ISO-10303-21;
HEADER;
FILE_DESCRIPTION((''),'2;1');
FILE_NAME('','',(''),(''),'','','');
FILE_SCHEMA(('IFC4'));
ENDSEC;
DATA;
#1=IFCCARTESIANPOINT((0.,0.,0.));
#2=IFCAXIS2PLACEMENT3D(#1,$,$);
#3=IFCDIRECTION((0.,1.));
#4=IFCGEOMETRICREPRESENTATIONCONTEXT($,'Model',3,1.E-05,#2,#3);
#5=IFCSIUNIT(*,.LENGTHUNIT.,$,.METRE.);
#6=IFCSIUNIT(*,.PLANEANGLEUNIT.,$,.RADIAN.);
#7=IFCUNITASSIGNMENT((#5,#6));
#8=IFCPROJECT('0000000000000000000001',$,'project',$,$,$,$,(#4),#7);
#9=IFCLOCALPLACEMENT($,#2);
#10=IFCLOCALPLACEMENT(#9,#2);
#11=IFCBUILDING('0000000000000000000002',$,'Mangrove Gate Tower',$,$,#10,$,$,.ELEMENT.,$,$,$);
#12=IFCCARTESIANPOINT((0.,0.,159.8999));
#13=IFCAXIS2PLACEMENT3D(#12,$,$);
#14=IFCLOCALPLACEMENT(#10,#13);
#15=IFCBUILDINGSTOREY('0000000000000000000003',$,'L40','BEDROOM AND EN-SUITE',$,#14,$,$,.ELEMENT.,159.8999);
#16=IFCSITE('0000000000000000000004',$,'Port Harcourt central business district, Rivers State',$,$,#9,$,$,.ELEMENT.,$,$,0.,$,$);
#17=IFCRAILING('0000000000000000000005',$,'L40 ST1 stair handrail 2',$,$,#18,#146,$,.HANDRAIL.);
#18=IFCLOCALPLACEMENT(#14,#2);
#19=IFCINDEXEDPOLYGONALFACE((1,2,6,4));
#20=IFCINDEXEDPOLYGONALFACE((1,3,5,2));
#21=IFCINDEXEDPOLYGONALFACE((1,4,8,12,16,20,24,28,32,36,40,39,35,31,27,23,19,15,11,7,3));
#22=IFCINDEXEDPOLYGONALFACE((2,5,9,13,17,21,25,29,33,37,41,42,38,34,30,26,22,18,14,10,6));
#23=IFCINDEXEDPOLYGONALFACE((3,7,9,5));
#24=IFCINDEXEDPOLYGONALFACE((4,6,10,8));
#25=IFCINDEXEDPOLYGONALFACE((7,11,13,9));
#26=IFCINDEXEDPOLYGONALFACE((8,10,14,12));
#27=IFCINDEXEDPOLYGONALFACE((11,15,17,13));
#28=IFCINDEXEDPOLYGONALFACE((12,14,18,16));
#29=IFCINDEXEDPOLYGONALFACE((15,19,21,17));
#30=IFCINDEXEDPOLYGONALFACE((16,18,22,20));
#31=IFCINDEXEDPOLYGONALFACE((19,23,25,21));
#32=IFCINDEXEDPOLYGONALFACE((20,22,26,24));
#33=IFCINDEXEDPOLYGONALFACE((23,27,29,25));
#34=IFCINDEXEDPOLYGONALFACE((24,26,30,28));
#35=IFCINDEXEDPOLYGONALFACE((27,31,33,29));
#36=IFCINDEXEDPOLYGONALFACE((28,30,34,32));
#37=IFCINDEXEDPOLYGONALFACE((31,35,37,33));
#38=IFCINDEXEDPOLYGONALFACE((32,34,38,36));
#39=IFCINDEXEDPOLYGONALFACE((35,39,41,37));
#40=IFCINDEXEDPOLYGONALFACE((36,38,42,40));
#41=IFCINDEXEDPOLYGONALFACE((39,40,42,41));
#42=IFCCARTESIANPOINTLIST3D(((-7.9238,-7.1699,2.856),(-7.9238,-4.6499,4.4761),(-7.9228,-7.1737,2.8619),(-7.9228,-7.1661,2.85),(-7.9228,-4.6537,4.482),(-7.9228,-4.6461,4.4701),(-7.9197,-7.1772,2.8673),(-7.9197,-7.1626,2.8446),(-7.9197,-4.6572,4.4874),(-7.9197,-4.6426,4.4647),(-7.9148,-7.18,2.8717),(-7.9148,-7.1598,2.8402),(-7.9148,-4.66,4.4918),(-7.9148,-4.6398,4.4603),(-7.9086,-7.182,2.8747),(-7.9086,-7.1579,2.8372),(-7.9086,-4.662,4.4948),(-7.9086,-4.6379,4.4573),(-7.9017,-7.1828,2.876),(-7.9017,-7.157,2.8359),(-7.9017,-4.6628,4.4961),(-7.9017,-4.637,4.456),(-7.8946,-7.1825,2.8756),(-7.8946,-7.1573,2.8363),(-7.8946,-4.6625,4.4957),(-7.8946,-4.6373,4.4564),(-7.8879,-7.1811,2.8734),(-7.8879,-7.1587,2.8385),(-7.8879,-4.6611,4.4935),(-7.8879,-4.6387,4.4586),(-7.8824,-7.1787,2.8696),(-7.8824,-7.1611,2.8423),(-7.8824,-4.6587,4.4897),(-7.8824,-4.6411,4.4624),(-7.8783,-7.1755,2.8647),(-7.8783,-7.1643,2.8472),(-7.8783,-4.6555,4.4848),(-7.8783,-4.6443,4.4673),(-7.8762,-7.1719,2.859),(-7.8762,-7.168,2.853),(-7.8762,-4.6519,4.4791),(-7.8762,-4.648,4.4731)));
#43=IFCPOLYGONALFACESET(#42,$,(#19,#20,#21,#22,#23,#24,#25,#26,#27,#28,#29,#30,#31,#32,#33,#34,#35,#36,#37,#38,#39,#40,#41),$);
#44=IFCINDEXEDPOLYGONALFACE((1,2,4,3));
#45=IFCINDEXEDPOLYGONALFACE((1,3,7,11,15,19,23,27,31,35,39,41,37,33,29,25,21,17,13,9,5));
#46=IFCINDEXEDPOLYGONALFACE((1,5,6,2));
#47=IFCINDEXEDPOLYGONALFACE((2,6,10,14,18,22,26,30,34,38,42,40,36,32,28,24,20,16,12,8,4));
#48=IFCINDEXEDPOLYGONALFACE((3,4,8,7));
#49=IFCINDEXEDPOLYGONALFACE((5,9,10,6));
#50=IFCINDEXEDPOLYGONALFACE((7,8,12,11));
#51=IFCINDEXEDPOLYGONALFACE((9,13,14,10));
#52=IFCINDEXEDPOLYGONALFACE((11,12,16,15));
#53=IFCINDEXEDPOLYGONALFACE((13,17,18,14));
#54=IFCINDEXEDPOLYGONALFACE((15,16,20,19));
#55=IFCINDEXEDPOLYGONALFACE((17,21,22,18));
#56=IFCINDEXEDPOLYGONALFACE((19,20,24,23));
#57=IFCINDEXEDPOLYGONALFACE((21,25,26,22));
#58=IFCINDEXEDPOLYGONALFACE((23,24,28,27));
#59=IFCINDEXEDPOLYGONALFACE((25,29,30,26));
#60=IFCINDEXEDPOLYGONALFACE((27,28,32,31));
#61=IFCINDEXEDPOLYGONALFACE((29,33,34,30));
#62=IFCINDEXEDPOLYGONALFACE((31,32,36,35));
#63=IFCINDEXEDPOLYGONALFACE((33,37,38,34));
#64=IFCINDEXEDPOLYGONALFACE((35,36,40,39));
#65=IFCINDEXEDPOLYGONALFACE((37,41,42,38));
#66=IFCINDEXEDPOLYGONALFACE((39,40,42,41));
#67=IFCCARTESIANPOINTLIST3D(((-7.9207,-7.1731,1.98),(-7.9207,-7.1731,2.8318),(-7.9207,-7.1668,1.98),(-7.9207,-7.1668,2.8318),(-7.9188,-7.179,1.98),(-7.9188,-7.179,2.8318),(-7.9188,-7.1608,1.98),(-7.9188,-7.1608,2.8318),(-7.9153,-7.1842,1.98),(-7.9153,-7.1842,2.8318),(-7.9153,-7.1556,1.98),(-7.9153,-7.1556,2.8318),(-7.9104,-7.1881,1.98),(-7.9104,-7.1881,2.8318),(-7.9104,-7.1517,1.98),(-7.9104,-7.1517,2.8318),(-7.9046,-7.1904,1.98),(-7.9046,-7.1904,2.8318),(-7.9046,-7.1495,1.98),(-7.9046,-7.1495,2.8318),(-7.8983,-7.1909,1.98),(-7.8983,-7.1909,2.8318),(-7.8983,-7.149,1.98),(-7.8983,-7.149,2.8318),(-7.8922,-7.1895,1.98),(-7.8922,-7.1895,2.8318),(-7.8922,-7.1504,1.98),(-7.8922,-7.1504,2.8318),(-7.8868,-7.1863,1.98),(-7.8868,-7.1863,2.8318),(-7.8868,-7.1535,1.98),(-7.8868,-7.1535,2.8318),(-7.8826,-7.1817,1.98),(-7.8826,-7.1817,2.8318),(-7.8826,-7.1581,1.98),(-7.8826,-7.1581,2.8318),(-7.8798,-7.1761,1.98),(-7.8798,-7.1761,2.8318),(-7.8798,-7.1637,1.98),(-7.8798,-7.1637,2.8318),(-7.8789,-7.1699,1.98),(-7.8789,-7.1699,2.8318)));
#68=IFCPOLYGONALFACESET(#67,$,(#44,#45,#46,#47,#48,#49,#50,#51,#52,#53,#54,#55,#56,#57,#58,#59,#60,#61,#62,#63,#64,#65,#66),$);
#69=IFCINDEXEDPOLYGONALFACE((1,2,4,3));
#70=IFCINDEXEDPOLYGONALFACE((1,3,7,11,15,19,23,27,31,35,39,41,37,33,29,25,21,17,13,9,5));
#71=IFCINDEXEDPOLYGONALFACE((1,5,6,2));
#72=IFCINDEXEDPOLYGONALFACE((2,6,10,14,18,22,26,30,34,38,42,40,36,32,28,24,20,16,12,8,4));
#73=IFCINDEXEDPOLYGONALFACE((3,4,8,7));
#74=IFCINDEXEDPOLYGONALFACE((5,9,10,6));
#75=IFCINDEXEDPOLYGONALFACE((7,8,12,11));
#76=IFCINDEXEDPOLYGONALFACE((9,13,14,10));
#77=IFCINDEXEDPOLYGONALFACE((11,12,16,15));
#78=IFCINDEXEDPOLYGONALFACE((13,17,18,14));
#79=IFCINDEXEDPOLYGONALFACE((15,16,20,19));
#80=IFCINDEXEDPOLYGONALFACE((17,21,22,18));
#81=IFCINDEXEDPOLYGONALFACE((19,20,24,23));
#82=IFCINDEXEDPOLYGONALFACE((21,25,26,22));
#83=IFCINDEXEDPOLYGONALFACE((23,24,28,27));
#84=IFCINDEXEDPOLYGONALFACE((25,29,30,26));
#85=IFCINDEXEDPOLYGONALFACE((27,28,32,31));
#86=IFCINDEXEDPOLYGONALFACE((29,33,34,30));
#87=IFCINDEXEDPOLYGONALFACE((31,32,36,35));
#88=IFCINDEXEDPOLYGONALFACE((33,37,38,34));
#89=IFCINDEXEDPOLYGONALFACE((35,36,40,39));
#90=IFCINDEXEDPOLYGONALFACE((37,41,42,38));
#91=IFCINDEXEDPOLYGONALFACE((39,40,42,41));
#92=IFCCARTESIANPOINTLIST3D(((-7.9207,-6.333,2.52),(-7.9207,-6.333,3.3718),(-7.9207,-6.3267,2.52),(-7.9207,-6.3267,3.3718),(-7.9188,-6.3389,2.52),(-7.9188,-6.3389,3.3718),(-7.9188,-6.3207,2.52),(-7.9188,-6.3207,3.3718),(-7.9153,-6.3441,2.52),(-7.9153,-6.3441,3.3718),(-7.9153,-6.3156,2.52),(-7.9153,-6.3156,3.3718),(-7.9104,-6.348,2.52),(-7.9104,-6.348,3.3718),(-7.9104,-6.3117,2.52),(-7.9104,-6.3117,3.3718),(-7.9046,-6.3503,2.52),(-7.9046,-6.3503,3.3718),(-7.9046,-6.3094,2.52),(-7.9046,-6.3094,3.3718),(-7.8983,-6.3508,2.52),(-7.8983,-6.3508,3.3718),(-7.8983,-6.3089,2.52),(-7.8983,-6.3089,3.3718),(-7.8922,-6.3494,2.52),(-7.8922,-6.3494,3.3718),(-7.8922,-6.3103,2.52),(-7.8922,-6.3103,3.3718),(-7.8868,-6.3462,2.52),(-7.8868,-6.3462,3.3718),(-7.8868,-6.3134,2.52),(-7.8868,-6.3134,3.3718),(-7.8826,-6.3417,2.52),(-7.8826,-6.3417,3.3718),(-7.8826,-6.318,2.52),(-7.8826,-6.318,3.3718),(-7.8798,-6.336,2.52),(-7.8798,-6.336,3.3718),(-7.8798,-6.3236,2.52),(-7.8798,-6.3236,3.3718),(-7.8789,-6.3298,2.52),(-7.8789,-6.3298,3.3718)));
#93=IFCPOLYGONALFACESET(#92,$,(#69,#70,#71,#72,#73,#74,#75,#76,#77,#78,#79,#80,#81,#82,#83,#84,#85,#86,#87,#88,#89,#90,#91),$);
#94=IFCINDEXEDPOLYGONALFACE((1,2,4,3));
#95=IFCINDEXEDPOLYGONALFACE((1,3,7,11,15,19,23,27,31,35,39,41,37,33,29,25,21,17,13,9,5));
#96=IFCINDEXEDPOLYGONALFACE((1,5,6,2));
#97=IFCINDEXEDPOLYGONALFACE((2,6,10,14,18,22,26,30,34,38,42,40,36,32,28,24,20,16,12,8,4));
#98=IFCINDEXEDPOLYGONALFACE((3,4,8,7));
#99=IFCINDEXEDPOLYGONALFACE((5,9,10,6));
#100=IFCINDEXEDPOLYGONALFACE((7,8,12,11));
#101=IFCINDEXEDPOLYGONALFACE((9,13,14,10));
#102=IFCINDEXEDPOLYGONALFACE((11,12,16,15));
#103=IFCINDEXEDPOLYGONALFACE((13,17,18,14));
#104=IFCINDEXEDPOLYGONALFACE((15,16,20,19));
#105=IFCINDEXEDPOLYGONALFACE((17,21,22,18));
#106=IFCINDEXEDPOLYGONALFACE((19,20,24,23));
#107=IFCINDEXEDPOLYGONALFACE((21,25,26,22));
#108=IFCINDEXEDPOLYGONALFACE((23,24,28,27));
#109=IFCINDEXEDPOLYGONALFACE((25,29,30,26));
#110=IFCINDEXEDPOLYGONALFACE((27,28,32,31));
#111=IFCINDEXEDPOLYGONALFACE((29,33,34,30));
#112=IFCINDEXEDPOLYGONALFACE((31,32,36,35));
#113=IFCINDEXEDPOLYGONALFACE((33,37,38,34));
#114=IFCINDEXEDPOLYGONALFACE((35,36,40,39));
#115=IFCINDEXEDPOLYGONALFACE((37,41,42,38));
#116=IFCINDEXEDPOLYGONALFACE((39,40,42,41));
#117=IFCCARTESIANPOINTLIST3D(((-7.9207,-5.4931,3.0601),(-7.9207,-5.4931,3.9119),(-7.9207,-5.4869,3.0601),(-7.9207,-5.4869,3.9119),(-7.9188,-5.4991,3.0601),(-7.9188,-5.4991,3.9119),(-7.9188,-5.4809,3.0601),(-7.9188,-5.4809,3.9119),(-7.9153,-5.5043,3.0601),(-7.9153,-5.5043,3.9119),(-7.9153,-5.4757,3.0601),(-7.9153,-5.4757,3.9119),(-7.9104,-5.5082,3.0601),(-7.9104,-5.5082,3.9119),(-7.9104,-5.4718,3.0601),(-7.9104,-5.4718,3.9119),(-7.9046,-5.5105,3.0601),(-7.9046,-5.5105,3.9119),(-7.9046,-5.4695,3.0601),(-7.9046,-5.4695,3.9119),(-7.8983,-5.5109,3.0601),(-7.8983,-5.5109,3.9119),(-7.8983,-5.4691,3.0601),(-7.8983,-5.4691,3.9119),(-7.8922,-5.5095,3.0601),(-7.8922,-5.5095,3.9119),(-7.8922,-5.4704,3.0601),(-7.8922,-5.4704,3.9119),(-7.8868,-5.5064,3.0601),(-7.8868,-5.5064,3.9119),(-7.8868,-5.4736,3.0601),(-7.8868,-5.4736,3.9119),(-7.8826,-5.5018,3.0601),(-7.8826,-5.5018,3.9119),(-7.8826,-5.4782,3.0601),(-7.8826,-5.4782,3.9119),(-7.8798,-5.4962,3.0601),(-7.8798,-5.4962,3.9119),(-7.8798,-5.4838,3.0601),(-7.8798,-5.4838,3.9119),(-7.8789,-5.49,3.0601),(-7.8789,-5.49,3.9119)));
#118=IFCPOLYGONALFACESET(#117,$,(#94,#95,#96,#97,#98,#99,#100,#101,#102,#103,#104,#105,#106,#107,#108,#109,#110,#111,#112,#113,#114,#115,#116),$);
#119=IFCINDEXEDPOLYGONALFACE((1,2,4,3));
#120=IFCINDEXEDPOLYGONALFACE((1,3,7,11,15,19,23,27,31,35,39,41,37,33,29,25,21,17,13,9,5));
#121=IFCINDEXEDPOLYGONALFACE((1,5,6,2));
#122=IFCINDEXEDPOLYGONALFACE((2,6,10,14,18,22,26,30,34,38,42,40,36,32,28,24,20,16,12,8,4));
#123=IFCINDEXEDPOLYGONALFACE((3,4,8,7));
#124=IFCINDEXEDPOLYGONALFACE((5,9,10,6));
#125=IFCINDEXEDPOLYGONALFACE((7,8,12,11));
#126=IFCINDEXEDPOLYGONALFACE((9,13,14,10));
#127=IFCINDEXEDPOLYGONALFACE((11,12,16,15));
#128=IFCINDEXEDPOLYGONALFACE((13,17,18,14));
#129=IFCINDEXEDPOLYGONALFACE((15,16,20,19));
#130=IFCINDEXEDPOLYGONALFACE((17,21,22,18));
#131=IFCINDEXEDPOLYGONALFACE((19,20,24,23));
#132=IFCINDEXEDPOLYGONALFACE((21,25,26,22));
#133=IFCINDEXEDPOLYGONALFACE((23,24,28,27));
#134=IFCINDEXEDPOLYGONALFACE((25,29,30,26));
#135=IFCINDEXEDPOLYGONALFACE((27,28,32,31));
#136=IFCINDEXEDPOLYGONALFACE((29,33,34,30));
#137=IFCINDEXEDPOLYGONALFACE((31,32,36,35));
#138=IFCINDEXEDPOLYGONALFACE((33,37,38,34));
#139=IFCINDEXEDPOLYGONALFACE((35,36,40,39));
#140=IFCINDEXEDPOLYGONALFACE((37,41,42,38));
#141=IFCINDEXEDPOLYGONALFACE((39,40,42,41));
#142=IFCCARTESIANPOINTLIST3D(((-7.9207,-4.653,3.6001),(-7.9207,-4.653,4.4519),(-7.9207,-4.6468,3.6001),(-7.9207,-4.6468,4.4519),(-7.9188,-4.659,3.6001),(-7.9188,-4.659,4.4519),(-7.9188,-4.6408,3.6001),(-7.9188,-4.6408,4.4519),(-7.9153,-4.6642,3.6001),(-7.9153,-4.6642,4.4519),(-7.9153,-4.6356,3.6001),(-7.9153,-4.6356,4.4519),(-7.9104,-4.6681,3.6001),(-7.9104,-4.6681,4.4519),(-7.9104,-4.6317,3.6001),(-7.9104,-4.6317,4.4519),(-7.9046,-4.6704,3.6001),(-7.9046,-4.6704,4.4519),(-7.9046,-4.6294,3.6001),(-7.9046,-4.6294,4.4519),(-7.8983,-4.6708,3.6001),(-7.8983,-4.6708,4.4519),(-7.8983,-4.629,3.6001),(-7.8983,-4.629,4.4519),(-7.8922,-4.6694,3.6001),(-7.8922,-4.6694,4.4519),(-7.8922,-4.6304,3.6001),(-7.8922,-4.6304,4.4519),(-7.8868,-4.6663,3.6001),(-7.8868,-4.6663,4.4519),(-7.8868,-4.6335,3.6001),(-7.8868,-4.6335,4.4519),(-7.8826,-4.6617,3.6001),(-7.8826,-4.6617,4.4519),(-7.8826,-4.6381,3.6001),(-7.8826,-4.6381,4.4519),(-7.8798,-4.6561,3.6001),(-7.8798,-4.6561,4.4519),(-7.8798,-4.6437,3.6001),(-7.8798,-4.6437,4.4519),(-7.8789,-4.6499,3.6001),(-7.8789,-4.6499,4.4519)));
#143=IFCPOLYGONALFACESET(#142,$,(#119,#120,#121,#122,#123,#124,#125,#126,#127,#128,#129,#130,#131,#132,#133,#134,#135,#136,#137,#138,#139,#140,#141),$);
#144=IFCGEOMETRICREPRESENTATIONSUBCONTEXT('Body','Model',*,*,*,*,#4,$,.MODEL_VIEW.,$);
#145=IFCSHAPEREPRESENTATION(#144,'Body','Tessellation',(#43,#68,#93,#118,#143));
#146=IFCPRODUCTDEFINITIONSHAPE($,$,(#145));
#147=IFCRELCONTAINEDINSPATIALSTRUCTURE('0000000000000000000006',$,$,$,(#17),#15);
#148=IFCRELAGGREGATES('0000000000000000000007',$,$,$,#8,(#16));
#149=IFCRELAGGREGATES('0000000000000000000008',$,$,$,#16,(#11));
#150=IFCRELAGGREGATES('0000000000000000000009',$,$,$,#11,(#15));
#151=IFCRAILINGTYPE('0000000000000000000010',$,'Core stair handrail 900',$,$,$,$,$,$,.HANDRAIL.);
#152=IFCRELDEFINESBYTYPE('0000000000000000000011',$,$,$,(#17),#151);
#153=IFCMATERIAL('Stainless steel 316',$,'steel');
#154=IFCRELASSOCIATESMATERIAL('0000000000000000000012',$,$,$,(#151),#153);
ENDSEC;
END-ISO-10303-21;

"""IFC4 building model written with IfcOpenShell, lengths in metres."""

from ifc_helpers import new_model, si_unit, direction, frame, origin, origin_2d, place, context, subcontext, project, spatial, circle, extrude, material, type_object, element, save


model = new_model("IFC4")

# Units and contexts
model_context = context("Model", 3, precision=1e-05, world=origin(), true_north=direction((0.0, 1.0)))
body_context = subcontext(model_context, "Body", "Model", "MODEL_VIEW")
ifc_project = project(units=[si_unit("LENGTHUNIT", "METRE"), si_unit("PLANEANGLEUNIT", "RADIAN")], contexts=[model_context])

# Site, building, storey
site_placement = place(None, origin())
site = spatial("IfcSite", under=ifc_project, at=site_placement, Name="Port Harcourt central business district, Rivers State", CompositionType="ELEMENT", RefElevation=0.0)
building_placement = place(site_placement, origin())
building = spatial("IfcBuilding", under=site, at=building_placement, Name="Mangrove Gate Tower", CompositionType="ELEMENT")
storey_placement = place(building_placement, frame((0.0, 0.0, 159.8999)))
storey = spatial("IfcBuildingStorey", under=building, at=storey_placement, Name="L40", Description="BEDROOM AND EN-SUITE", CompositionType="ELEMENT", Elevation=159.8999)

# Railing
ifc_material_1 = material(Name="Stainless steel 316", Category="steel")
railing_type_1 = type_object("IfcRailingType", Name="Core stair handrail 900", PredefinedType="HANDRAIL", material=ifc_material_1)
railing_1_placement = place(storey_placement, frame((-7.8999, -7.1699, 1.98)))
element("IfcRailing", 1, at=railing_1_placement, inside=storey, type_object=railing_type_1, Name="L40 ST1 stair handrail 2", PredefinedType="HANDRAIL", context=body_context, shape_type="SweptSolid", body=[
    extrude(circle(Radius=0.0239, at=origin_2d()), frame((0.0, 0.0, 0.876), z_axis=(0.0, 0.841163, 0.540782), x_axis=(-1.0, 0.0, 0.0)), (0.0, 0.0, 1.0), 2.9958),
    extrude(circle(Radius=0.021, at=origin_2d()), origin(), (0.0, 0.0, 1.0), 0.8518),
    extrude(circle(Radius=0.021, at=origin_2d()), frame((0.0, 0.8401, 0.54)), (0.0, 0.0, 1.0), 0.8518),
    extrude(circle(Radius=0.021, at=origin_2d()), frame((0.0, 1.6799, 1.0801)), (0.0, 0.0, 1.0), 0.8518),
    extrude(circle(Radius=0.021, at=origin_2d()), frame((0.0, 2.52, 1.6201)), (0.0, 0.0, 1.0), 0.8518),
])

save(model, "model.ifc")
